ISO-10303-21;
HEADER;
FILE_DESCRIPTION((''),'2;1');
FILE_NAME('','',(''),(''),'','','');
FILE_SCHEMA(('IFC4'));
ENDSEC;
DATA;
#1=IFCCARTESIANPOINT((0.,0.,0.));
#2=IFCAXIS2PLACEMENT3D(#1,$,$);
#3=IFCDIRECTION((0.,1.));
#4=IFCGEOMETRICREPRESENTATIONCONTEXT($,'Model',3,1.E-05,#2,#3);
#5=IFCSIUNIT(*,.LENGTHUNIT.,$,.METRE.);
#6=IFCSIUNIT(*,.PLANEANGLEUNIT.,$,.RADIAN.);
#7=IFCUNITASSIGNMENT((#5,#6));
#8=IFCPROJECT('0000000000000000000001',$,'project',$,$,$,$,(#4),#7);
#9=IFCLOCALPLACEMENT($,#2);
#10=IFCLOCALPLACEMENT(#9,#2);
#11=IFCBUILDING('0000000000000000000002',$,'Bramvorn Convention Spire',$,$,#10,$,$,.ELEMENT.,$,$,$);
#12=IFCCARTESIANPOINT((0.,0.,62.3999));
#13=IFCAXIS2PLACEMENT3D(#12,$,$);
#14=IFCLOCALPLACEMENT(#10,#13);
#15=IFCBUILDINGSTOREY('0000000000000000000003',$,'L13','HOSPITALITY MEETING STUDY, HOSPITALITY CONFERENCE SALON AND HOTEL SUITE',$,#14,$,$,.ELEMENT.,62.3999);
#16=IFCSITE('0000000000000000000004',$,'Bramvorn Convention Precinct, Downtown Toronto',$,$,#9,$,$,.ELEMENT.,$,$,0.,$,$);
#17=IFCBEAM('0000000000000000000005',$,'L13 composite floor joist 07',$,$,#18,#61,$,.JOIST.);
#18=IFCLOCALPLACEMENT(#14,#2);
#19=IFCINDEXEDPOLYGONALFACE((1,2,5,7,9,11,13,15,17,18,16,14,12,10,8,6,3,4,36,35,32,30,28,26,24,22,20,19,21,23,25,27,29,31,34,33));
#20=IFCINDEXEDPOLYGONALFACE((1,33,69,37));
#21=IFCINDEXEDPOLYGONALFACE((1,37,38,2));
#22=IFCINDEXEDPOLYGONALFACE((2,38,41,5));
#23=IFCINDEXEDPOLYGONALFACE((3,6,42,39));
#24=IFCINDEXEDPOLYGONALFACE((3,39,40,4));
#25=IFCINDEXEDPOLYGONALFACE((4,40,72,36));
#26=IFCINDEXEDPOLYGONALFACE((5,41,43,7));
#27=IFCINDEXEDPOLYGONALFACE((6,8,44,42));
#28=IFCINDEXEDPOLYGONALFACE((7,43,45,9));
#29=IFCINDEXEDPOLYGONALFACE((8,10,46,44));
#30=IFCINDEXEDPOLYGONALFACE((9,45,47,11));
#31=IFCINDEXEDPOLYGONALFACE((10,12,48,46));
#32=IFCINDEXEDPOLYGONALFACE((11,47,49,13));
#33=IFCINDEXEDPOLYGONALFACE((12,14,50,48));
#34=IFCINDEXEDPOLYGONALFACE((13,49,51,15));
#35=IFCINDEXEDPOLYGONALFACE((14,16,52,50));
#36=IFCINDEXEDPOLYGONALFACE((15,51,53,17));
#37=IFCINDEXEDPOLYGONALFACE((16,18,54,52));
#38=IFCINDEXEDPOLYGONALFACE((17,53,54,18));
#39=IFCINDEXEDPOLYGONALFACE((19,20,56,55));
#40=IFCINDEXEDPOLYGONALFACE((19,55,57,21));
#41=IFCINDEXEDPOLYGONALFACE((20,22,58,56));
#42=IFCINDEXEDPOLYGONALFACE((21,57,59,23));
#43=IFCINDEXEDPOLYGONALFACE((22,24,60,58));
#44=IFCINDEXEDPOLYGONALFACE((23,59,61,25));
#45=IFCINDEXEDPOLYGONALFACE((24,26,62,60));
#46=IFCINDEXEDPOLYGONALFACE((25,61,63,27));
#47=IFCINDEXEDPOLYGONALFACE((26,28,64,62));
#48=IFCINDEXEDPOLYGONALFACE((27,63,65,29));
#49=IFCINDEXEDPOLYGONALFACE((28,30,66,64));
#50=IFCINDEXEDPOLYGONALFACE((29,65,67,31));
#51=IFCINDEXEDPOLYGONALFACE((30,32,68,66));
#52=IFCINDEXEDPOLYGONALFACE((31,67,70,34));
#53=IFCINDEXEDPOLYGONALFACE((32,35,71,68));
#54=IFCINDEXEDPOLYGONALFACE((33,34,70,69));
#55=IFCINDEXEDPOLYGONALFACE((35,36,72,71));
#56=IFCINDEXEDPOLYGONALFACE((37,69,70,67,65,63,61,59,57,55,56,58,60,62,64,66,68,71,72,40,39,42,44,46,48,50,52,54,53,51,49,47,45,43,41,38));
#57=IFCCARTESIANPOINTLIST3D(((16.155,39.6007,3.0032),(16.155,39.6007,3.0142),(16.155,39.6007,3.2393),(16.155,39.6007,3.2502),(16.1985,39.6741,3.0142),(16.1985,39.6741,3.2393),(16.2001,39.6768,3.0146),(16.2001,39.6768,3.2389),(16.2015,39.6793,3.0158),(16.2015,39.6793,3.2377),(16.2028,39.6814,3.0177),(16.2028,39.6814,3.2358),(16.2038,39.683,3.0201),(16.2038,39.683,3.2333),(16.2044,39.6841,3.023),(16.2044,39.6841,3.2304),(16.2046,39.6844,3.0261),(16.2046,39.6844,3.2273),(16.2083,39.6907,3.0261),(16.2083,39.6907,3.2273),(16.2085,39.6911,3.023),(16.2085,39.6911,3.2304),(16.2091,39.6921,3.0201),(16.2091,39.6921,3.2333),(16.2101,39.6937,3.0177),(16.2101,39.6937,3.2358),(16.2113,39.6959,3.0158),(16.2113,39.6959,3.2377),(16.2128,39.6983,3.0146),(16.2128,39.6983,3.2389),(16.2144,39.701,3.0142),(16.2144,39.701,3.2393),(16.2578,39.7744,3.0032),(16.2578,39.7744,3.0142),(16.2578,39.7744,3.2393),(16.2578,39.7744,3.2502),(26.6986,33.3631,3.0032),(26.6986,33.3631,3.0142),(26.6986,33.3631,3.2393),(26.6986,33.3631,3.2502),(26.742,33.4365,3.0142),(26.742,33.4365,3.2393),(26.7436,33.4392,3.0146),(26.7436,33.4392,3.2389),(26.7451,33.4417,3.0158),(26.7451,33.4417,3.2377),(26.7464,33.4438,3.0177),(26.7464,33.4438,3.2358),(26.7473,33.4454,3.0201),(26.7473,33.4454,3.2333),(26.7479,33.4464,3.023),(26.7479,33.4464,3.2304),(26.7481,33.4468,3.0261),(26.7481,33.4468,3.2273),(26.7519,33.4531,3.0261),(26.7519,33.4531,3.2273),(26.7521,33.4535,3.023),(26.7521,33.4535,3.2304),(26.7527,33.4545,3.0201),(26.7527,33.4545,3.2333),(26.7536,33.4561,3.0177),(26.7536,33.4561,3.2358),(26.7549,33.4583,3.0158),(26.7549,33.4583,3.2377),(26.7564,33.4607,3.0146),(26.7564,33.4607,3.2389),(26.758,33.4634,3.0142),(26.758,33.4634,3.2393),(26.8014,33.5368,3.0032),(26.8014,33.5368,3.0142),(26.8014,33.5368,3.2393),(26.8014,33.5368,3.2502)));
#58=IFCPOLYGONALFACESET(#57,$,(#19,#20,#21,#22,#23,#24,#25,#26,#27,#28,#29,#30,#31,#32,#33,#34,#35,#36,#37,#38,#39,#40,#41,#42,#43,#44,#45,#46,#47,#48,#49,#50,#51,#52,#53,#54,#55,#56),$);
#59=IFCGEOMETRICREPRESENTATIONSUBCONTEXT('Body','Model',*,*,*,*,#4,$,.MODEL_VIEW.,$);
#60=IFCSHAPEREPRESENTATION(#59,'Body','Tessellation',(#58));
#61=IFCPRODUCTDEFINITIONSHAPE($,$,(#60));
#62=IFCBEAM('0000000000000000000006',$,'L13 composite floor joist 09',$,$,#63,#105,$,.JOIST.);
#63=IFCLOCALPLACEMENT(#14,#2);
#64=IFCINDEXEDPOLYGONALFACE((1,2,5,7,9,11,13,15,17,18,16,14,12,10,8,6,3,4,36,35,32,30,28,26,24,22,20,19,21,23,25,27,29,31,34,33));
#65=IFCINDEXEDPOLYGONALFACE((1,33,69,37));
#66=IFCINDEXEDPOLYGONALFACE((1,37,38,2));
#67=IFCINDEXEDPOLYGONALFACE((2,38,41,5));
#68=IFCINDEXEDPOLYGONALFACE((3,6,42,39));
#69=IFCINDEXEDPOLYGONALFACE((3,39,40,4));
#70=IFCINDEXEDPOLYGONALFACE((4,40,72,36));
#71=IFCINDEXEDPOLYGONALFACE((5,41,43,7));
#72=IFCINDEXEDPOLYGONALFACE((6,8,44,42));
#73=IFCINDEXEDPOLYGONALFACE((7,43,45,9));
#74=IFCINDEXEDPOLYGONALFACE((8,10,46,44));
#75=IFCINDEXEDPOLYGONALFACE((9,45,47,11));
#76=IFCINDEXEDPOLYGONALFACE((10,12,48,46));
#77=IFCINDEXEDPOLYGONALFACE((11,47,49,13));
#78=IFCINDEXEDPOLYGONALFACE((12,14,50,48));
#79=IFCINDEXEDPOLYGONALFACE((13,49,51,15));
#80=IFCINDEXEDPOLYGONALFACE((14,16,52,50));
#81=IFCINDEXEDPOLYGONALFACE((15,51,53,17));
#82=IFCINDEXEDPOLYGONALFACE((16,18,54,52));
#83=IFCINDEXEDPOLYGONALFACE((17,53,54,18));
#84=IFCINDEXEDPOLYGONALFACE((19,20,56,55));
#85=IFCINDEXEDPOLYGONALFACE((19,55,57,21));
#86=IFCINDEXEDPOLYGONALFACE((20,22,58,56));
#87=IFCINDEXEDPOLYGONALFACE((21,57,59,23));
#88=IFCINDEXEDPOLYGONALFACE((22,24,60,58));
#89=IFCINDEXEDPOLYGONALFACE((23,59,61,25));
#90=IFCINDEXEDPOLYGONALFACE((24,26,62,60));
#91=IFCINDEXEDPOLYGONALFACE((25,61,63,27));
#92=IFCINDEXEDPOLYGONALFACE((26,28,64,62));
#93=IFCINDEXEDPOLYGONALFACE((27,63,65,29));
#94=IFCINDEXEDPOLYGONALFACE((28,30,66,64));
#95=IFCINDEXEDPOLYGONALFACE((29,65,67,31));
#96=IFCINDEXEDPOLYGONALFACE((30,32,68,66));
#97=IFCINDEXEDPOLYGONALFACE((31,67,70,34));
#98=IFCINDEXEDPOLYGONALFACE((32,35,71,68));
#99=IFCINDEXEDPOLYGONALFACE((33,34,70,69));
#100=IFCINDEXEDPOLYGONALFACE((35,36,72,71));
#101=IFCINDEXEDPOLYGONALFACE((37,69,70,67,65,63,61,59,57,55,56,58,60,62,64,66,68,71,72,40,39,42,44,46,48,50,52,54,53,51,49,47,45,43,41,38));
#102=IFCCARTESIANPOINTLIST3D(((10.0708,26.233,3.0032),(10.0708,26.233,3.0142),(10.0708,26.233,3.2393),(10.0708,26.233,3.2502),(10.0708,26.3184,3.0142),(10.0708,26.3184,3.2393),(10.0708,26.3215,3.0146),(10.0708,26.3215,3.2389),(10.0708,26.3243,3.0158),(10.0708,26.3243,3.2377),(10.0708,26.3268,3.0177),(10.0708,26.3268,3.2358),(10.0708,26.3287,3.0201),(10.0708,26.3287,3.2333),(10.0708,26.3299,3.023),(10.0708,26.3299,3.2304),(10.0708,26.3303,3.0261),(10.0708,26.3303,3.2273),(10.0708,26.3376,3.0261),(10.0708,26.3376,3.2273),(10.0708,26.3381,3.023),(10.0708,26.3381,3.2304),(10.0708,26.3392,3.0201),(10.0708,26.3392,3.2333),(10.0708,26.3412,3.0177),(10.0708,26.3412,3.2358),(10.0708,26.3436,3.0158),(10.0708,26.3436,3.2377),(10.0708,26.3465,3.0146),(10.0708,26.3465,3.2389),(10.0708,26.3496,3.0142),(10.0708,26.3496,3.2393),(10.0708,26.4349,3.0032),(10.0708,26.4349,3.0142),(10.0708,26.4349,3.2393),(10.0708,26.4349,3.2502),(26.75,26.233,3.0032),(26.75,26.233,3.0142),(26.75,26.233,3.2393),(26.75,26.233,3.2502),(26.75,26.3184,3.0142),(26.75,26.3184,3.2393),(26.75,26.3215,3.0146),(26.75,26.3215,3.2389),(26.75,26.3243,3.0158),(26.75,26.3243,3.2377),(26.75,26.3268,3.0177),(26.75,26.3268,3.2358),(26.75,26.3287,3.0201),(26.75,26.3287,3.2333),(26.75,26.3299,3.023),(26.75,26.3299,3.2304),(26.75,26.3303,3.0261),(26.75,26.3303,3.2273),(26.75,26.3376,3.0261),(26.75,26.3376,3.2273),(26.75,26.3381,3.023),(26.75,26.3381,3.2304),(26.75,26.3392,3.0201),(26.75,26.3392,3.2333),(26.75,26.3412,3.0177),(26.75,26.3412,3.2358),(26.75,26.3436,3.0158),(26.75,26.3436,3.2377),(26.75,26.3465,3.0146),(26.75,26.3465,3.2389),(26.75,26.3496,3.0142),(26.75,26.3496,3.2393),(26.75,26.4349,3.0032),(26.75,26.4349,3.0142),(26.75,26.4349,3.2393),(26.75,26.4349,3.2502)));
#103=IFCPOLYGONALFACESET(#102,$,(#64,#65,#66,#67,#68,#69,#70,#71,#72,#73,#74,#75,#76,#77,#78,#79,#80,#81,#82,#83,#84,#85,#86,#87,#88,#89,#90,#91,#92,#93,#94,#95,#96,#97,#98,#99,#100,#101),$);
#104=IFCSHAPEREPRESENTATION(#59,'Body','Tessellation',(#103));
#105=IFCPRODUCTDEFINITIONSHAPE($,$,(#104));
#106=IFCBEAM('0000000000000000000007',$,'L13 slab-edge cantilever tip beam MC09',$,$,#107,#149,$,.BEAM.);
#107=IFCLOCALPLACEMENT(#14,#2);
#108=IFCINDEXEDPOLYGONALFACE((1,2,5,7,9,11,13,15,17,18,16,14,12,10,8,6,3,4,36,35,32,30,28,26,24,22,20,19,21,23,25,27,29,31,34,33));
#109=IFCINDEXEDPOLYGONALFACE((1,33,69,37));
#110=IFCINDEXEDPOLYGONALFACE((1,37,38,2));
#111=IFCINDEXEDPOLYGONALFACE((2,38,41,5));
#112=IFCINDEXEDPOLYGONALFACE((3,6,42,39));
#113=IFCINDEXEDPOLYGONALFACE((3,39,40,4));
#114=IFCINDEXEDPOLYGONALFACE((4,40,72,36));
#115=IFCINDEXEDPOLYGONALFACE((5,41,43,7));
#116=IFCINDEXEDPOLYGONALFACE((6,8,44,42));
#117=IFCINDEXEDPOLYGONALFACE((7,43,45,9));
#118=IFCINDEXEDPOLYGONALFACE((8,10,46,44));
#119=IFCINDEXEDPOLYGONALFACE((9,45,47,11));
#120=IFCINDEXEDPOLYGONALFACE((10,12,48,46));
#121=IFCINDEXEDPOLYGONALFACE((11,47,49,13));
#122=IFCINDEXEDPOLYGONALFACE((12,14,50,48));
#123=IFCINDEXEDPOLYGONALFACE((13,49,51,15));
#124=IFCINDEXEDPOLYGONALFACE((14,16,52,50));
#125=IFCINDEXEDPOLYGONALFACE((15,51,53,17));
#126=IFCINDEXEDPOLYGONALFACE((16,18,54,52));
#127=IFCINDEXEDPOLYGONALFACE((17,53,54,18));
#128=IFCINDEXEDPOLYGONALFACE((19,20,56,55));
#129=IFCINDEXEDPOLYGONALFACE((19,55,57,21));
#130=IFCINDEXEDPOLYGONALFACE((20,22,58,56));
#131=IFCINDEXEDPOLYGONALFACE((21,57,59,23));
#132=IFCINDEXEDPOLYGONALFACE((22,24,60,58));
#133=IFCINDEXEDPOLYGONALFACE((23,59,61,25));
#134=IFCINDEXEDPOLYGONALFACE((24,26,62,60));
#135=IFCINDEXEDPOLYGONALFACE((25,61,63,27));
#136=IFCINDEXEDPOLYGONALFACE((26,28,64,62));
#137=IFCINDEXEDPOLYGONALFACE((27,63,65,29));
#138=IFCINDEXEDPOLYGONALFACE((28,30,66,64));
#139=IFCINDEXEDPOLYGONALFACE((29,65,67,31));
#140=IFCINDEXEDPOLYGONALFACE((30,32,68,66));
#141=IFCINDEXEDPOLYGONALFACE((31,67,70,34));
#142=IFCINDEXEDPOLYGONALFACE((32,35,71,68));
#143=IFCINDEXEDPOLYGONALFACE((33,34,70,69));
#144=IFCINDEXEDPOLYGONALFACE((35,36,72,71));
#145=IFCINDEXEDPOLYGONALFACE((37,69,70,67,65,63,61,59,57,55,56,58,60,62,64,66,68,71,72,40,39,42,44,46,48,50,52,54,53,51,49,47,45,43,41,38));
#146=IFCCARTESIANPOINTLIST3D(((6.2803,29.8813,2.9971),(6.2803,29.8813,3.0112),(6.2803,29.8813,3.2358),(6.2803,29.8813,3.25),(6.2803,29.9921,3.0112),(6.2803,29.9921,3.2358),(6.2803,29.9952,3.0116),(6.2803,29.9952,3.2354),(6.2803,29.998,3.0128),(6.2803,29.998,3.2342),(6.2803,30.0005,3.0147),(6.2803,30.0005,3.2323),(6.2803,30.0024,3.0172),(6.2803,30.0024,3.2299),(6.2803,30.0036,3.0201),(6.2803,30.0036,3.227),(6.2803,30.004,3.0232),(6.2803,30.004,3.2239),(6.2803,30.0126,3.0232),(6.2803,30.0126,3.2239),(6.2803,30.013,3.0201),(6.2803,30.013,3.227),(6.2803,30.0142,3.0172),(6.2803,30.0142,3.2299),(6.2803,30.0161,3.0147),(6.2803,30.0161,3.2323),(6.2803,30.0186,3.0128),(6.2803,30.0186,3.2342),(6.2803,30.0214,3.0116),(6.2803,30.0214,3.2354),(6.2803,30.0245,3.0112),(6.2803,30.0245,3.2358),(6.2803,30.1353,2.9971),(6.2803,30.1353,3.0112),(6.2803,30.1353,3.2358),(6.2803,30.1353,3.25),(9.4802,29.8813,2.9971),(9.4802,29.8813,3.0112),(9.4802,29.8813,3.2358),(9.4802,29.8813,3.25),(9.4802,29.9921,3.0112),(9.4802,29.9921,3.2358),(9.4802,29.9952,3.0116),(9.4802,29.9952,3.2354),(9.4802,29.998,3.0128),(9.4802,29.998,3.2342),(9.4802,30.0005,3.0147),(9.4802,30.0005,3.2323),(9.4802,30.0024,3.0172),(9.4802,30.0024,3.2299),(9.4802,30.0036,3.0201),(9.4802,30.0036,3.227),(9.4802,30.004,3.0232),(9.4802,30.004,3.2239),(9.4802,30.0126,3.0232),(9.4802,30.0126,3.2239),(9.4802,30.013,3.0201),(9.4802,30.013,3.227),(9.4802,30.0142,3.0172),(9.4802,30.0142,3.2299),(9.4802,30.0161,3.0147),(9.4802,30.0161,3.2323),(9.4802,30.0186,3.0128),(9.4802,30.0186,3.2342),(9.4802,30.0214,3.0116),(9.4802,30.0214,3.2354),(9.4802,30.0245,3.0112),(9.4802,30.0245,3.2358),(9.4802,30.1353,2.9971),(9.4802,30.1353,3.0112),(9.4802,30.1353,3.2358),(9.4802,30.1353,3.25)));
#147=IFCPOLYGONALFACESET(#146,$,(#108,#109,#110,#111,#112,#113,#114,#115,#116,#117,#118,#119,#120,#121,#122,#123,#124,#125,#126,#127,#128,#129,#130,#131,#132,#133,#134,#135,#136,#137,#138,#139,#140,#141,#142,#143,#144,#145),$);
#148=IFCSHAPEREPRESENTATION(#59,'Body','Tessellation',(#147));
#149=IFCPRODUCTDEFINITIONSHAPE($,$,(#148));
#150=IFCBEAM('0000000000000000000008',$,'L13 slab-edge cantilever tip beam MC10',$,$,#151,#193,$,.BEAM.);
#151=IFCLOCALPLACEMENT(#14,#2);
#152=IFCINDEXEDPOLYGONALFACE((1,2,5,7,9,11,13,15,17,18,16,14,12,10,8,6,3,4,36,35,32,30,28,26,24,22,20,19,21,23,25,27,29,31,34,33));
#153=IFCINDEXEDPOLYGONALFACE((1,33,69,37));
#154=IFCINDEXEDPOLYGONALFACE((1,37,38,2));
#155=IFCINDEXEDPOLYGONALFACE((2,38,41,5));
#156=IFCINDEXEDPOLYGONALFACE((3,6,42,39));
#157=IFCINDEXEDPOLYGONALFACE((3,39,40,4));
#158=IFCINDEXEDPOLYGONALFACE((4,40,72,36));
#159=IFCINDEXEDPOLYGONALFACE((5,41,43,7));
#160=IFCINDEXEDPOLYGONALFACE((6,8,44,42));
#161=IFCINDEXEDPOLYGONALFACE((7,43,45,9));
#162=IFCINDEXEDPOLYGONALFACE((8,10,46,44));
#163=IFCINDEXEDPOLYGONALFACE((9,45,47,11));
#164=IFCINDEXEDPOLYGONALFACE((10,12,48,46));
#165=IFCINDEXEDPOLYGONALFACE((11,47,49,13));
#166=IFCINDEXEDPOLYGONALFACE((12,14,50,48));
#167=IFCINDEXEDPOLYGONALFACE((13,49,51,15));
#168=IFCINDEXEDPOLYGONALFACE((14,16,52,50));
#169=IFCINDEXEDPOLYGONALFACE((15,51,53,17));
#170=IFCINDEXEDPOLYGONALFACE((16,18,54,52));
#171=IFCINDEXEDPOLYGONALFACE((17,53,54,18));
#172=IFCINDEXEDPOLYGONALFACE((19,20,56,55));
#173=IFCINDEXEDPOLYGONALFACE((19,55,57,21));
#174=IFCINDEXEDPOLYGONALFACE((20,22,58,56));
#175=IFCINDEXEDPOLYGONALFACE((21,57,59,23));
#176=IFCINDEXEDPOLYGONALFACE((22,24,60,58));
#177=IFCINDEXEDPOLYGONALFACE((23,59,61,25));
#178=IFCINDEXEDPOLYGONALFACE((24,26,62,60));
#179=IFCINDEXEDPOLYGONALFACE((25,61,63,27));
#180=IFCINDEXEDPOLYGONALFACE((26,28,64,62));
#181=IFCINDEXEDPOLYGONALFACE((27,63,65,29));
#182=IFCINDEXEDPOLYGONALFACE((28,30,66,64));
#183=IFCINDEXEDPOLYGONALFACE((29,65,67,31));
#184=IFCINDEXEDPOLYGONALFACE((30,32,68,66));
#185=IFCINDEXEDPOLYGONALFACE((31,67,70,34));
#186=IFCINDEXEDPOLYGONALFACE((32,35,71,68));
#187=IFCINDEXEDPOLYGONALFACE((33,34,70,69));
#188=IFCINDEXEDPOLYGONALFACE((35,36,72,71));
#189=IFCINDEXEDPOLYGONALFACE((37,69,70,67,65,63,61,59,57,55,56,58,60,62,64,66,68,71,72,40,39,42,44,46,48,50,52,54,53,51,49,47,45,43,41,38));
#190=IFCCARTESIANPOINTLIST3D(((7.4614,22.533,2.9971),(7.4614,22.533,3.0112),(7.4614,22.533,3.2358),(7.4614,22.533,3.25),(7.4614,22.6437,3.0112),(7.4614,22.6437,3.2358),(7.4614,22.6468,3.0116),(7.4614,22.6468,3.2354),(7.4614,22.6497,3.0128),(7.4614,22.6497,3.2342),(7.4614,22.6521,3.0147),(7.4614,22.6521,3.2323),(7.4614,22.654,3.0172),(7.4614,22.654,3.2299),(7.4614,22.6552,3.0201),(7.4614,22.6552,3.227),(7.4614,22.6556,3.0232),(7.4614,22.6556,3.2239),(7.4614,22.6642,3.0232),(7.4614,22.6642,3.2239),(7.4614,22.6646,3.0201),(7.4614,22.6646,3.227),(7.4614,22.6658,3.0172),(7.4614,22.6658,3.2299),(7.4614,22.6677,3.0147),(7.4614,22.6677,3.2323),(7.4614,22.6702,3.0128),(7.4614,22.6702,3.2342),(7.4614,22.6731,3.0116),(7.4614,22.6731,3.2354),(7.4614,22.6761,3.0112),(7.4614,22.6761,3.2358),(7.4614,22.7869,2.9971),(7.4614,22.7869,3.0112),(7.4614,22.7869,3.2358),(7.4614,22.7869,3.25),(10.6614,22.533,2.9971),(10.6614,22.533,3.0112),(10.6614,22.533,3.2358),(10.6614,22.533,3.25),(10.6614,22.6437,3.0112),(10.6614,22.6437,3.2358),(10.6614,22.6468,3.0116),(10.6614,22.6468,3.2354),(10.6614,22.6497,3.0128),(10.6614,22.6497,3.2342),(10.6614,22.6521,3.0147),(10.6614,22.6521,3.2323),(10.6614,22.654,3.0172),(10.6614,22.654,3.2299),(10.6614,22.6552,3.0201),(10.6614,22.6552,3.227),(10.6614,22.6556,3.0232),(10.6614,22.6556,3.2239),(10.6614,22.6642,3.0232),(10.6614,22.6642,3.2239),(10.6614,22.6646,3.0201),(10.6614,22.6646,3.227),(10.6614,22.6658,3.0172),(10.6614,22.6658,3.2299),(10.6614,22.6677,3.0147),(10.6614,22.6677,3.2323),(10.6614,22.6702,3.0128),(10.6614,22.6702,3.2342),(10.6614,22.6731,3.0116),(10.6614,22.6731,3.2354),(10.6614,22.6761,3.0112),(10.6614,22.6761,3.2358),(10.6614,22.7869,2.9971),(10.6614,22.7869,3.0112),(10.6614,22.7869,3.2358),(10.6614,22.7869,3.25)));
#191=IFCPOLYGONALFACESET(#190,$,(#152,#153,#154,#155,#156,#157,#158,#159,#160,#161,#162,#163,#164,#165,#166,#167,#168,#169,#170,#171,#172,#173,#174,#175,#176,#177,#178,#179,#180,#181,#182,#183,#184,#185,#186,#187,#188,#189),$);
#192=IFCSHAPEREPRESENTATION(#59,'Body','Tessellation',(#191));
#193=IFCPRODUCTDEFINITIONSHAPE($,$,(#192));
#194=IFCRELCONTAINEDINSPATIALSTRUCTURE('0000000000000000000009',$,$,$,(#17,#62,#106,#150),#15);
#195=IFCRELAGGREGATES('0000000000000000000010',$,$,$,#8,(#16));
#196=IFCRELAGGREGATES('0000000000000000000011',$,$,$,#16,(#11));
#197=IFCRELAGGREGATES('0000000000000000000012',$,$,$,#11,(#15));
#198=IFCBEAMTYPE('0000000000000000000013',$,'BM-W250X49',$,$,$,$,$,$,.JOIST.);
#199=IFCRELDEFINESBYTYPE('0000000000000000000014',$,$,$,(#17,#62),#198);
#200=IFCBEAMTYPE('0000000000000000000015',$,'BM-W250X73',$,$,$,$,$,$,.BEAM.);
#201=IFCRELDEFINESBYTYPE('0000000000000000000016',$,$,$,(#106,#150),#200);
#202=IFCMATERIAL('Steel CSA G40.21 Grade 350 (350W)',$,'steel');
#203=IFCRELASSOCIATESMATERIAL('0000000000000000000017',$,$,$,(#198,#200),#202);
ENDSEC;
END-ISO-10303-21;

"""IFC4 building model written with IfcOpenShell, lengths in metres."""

from ifc_helpers import new_model, si_unit, direction, frame, origin, origin_2d, place, context, subcontext, project, spatial, i_section, extrude, material, material_profile, profile_set, type_object, element, save


model = new_model("IFC4")

# Units and contexts
model_context = context("Model", 3, precision=1e-05, world=origin(), true_north=direction((0.0, 1.0)))
body_context = subcontext(model_context, "Body", "Model", "MODEL_VIEW")
ifc_project = project(units=[si_unit("LENGTHUNIT", "METRE"), si_unit("PLANEANGLEUNIT", "RADIAN")], contexts=[model_context])

# Site, building, storey
site_placement = place(None, origin())
site = spatial("IfcSite", under=ifc_project, at=site_placement, Name="Bramvorn Convention Precinct, Downtown Toronto", CompositionType="ELEMENT", RefElevation=0.0)
building_placement = place(site_placement, origin())
building = spatial("IfcBuilding", under=site, at=building_placement, Name="Bramvorn Convention Spire", CompositionType="ELEMENT")
storey_placement = place(building_placement, frame((0.0, 0.0, 62.3999)))
storey = spatial("IfcBuildingStorey", under=building, at=storey_placement, Name="L13", Description="HOSPITALITY MEETING STUDY, HOSPITALITY CONFERENCE SALON AND HOTEL SUITE", CompositionType="ELEMENT", Elevation=62.3999)

# Shared definitions
ifc_material_1 = material(Name="Steel CSA G40.21 Grade 350 (350W)", Category="steel")

# Beams
ifc_material_profile_1 = material_profile(ifc_material_1, i_section(OverallWidth=0.2019, OverallDepth=0.2471, WebThickness=0.0073, FlangeThickness=0.011, FilletRadius=0.012, at=origin_2d()))
ifc_profile_set_1 = profile_set([ifc_material_profile_1], Name="Steel CSA G40.21 Grade 350 (350W) - W250X49")
beam_type_1 = type_object("IfcBeamType", Name="BM-W250X49", PredefinedType="JOIST", material=ifc_profile_set_1)
beam_1_placement = place(storey_placement, frame((26.75, 33.45, 3.1267), z_axis=(-0.860665, 0.509172, 0.0), x_axis=(-0.509172, -0.860665, 0.0)))
element("IfcBeam", 1, at=beam_1_placement, inside=storey, type_object=beam_type_1, Name="L13 composite floor joist 07", PredefinedType="JOIST", context=body_context, shape_type="SweptSolid", body=[
    extrude(i_section(OverallWidth=0.2019, OverallDepth=0.2471, WebThickness=0.0073, FlangeThickness=0.011, FilletRadius=0.012, at=origin_2d()), origin(), (0.0, 0.0, 1.0), 12.2505),
])
beam_2_placement = place(storey_placement, frame((26.75, 26.334, 3.1267), z_axis=(-1.0, 0.0, 0.0), x_axis=(0.0, -1.0, 0.0)))
element("IfcBeam", 2, at=beam_2_placement, inside=storey, type_object=beam_type_1, Name="L13 composite floor joist 09", PredefinedType="JOIST", context=body_context, shape_type="SweptSolid", body=[
    extrude(i_section(OverallWidth=0.2019, OverallDepth=0.2471, WebThickness=0.0073, FlangeThickness=0.011, FilletRadius=0.012, at=origin_2d()), origin(), (0.0, 0.0, 1.0), 16.6792),
])
ifc_material_profile_2 = material_profile(ifc_material_1, i_section(OverallWidth=0.2539, OverallDepth=0.2529, WebThickness=0.0085, FlangeThickness=0.0142, FilletRadius=0.012, at=origin_2d()))
ifc_profile_set_2 = profile_set([ifc_material_profile_2], Name="Steel CSA G40.21 Grade 350 (350W) - W250X73")
beam_type_2 = type_object("IfcBeamType", Name="BM-W250X73", PredefinedType="BEAM", material=ifc_profile_set_2)
for number, where, z_axis, x_axis, name in (
    (3, (9.4802, 30.0083, 3.1235), (-1.0, 0.0, 0.0), (0.0, -1.0, 0.0), "L13 slab-edge cantilever tip beam MC09"),
    (4, (10.6614, 22.6599, 3.1235), (-1.0, 0.0, 0.0), (0.0, -1.0, 0.0), "L13 slab-edge cantilever tip beam MC10"),
):
    element("IfcBeam", number, at=place(storey_placement, frame(where, z_axis=z_axis, x_axis=x_axis)), inside=storey, type_object=beam_type_2, Name=name, PredefinedType="BEAM", context=body_context, shape_type="SweptSolid", body=[
        extrude(i_section(OverallWidth=0.2539, OverallDepth=0.2529, WebThickness=0.0085, FlangeThickness=0.0142, FilletRadius=0.012, at=origin_2d()), origin(), (0.0, 0.0, 1.0), 3.2),
    ])

save(model, "model.ifc")
